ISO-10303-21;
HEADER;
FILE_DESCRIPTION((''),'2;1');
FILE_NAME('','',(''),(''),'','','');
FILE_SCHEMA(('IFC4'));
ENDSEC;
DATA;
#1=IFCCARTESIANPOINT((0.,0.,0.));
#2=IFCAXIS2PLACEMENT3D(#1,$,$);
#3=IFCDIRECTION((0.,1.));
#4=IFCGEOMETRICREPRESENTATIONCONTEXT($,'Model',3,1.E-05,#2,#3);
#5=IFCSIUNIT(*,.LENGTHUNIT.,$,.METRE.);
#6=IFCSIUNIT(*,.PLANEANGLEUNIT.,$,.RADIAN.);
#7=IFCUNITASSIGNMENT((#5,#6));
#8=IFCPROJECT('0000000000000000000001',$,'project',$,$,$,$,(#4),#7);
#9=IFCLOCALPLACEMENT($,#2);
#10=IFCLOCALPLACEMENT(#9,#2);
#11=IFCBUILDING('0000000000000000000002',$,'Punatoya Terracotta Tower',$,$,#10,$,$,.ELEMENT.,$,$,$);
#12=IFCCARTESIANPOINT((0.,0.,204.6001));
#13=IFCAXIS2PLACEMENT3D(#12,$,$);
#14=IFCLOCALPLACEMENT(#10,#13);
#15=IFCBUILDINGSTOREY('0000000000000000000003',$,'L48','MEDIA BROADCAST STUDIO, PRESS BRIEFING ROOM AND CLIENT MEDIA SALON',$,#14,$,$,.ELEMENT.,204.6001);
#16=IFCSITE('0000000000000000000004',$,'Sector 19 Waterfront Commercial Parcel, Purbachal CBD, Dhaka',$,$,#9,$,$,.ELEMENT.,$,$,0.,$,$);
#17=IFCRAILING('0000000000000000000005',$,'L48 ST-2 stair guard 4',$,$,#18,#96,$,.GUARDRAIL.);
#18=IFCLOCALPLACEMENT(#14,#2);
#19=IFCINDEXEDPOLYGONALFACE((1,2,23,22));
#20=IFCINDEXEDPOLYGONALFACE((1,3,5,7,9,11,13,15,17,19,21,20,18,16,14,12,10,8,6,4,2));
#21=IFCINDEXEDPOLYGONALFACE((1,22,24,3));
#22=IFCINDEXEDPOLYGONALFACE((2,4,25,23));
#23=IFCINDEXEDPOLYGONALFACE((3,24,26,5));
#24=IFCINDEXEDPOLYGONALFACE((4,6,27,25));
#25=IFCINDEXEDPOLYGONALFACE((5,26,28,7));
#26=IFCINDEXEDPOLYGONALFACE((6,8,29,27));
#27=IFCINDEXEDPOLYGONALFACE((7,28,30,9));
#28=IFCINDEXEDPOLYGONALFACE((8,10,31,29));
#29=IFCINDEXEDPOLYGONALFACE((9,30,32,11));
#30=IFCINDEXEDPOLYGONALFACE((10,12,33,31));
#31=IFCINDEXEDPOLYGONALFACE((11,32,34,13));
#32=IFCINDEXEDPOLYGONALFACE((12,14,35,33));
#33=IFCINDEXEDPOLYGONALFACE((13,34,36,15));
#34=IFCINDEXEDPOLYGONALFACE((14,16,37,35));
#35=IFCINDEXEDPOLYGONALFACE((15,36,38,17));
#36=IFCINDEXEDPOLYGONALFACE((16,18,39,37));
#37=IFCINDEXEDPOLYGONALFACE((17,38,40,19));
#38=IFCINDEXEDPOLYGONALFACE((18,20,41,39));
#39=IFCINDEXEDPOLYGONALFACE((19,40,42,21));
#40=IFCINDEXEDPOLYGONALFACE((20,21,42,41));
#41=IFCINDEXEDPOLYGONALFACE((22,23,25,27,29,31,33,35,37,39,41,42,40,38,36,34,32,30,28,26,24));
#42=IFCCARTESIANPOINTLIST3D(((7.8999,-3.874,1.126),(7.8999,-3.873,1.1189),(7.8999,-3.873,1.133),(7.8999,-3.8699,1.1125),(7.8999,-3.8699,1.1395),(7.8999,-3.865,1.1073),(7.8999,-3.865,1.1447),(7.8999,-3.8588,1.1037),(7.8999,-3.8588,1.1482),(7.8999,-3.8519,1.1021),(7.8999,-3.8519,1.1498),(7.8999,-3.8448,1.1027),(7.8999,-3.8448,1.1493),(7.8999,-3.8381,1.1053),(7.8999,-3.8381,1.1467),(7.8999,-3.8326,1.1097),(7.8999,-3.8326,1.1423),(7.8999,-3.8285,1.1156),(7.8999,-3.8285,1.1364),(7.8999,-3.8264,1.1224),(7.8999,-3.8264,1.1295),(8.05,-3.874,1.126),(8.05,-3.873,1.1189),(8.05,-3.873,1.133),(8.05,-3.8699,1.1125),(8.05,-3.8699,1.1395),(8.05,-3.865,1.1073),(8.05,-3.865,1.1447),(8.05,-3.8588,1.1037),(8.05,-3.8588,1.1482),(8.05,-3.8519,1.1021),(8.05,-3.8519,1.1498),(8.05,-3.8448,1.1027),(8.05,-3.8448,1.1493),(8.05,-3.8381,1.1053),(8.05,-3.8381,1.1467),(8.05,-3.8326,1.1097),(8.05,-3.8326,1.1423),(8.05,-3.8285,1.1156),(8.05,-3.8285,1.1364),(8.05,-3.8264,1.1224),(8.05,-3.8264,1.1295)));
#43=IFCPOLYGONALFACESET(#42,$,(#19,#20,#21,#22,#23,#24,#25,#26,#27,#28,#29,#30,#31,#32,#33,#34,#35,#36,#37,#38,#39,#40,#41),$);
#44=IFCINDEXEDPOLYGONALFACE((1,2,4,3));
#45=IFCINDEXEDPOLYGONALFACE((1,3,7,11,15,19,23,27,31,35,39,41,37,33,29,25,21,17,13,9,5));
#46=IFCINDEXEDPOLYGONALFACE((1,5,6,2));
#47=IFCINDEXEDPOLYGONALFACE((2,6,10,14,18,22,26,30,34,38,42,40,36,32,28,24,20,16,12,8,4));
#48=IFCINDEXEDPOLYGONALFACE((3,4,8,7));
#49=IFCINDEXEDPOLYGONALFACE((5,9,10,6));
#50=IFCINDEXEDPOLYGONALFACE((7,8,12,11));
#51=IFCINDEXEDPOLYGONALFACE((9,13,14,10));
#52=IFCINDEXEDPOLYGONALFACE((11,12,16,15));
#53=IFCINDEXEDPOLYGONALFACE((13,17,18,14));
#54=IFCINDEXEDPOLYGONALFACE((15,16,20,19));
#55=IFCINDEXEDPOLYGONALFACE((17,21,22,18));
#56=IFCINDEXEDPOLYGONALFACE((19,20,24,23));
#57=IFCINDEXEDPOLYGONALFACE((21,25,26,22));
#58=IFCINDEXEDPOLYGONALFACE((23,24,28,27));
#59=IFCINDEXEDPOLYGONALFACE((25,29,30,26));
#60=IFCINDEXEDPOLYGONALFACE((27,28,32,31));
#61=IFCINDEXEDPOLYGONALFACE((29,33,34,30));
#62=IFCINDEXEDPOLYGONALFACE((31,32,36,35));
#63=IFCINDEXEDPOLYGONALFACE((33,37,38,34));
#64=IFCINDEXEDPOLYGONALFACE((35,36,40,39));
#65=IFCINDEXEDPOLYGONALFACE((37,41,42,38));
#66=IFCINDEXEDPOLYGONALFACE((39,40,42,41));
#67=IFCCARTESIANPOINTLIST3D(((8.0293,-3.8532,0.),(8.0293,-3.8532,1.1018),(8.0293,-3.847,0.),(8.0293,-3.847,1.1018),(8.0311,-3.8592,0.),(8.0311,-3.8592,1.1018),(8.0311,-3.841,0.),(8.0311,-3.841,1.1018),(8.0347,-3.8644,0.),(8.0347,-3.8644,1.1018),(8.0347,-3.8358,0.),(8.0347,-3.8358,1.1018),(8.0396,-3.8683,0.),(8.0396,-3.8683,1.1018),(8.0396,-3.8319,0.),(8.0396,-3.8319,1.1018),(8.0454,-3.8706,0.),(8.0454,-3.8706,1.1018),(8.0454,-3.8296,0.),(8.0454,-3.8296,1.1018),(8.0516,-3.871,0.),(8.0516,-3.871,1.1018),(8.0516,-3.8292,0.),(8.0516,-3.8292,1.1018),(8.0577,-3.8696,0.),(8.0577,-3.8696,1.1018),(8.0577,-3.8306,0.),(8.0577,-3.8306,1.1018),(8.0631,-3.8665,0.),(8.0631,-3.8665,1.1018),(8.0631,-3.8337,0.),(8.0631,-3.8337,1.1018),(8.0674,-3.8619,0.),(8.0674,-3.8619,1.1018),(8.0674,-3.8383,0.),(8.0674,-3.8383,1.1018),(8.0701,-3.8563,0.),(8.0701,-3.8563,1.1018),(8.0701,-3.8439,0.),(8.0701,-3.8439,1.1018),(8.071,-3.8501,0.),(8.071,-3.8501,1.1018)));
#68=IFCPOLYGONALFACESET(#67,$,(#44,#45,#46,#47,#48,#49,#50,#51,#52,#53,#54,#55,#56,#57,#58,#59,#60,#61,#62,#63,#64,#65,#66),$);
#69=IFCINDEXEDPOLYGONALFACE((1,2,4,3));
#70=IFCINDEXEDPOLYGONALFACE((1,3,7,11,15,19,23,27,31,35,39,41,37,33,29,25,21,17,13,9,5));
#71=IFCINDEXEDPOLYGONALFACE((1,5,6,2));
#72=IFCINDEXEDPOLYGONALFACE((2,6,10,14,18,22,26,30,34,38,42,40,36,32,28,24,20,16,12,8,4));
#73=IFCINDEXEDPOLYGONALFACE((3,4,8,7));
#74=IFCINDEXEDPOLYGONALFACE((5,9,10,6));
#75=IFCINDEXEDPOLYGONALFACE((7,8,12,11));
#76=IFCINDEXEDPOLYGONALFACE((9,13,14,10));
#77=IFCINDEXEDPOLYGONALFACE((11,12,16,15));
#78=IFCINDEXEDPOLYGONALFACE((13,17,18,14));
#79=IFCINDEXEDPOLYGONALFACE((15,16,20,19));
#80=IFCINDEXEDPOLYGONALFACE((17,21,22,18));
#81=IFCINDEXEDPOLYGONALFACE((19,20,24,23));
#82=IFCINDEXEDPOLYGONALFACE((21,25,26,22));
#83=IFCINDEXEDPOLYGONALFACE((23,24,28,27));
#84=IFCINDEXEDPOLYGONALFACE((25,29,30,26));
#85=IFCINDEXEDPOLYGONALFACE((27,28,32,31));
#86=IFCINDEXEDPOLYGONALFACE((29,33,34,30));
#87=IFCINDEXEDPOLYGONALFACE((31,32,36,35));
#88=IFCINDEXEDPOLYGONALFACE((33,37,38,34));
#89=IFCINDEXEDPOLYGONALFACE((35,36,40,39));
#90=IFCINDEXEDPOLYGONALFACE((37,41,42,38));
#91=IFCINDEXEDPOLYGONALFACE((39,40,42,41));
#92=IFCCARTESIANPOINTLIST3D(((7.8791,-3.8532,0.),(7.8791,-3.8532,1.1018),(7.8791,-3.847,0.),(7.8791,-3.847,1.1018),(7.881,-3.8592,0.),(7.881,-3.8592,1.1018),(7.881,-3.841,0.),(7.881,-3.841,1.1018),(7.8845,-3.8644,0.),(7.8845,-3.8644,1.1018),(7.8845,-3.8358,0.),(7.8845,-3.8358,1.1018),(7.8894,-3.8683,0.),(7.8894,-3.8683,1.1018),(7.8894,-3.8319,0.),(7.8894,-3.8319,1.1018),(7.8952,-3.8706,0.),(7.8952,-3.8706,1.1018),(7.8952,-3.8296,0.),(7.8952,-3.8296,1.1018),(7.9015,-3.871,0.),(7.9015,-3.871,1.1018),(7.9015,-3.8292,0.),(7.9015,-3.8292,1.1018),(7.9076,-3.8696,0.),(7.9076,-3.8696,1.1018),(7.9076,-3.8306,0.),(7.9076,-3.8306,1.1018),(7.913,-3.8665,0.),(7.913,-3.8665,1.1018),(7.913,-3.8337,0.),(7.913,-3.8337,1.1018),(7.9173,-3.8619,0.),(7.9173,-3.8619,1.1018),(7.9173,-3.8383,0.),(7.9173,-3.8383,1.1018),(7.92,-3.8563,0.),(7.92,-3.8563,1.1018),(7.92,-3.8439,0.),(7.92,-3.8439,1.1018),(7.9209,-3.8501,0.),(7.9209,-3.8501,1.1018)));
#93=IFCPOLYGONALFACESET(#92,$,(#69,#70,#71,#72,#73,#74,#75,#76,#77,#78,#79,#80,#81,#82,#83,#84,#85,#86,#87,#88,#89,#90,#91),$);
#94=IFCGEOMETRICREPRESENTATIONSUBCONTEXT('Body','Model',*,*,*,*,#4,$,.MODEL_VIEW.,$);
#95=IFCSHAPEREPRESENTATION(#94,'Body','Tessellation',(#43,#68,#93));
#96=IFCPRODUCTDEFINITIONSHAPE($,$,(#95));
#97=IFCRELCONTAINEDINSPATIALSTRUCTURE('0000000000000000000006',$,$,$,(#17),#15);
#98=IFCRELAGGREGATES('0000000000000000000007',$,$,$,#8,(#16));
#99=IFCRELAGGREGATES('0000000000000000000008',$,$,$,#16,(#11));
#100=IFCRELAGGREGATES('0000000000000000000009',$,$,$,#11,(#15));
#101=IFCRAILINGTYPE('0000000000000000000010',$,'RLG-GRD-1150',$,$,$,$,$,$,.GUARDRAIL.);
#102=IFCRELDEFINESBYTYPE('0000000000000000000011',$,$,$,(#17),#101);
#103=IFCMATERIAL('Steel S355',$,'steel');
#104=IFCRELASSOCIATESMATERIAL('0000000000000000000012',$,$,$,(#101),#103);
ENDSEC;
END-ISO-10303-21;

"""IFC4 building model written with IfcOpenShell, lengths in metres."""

from ifc_helpers import new_model, si_unit, direction, frame, origin, origin_2d, place, context, subcontext, project, spatial, circle, extrude, material, type_object, element, save


model = new_model("IFC4")

# Units and contexts
model_context = context("Model", 3, precision=1e-05, world=origin(), true_north=direction((0.0, 1.0)))
body_context = subcontext(model_context, "Body", "Model", "MODEL_VIEW")
ifc_project = project(units=[si_unit("LENGTHUNIT", "METRE"), si_unit("PLANEANGLEUNIT", "RADIAN")], contexts=[model_context])

# Site, building, storey
site_placement = place(None, origin())
site = spatial("IfcSite", under=ifc_project, at=site_placement, Name="Sector 19 Waterfront Commercial Parcel, Purbachal CBD, Dhaka", CompositionType="ELEMENT", RefElevation=0.0)
building_placement = place(site_placement, origin())
building = spatial("IfcBuilding", under=site, at=building_placement, Name="Punatoya Terracotta Tower", CompositionType="ELEMENT")
storey_placement = place(building_placement, frame((0.0, 0.0, 204.6001)))
storey = spatial("IfcBuildingStorey", under=building, at=storey_placement, Name="L48", Description="MEDIA BROADCAST STUDIO, PRESS BRIEFING ROOM AND CLIENT MEDIA SALON", CompositionType="ELEMENT", Elevation=204.6001)

# Railing
ifc_material_1 = material(Name="Steel S355", Category="steel")
railing_type_1 = type_object("IfcRailingType", Name="RLG-GRD-1150", PredefinedType="GUARDRAIL", material=ifc_material_1)
railing_1_placement = place(storey_placement, frame((8.05, -3.8501, 0.0)))
element("IfcRailing", 1, at=railing_1_placement, inside=storey, type_object=railing_type_1, Name="L48 ST-2 stair guard 4", PredefinedType="GUARDRAIL", context=body_context, shape_type="SweptSolid", body=[
    extrude(circle(Radius=0.0239, at=origin_2d()), frame((0.0, 0.0, 1.126), z_axis=(-1.0, 0.0, 0.0), x_axis=(0.0, -1.0, 0.0)), (0.0, 0.0, 1.0), 0.1501),
    extrude(circle(Radius=0.021, at=origin_2d()), origin(), (0.0, 0.0, 1.0), 1.1018),
    extrude(circle(Radius=0.021, at=origin_2d()), frame((-0.1501, 0.0, 0.0)), (0.0, 0.0, 1.0), 1.1018),
])

save(model, "model.ifc")
